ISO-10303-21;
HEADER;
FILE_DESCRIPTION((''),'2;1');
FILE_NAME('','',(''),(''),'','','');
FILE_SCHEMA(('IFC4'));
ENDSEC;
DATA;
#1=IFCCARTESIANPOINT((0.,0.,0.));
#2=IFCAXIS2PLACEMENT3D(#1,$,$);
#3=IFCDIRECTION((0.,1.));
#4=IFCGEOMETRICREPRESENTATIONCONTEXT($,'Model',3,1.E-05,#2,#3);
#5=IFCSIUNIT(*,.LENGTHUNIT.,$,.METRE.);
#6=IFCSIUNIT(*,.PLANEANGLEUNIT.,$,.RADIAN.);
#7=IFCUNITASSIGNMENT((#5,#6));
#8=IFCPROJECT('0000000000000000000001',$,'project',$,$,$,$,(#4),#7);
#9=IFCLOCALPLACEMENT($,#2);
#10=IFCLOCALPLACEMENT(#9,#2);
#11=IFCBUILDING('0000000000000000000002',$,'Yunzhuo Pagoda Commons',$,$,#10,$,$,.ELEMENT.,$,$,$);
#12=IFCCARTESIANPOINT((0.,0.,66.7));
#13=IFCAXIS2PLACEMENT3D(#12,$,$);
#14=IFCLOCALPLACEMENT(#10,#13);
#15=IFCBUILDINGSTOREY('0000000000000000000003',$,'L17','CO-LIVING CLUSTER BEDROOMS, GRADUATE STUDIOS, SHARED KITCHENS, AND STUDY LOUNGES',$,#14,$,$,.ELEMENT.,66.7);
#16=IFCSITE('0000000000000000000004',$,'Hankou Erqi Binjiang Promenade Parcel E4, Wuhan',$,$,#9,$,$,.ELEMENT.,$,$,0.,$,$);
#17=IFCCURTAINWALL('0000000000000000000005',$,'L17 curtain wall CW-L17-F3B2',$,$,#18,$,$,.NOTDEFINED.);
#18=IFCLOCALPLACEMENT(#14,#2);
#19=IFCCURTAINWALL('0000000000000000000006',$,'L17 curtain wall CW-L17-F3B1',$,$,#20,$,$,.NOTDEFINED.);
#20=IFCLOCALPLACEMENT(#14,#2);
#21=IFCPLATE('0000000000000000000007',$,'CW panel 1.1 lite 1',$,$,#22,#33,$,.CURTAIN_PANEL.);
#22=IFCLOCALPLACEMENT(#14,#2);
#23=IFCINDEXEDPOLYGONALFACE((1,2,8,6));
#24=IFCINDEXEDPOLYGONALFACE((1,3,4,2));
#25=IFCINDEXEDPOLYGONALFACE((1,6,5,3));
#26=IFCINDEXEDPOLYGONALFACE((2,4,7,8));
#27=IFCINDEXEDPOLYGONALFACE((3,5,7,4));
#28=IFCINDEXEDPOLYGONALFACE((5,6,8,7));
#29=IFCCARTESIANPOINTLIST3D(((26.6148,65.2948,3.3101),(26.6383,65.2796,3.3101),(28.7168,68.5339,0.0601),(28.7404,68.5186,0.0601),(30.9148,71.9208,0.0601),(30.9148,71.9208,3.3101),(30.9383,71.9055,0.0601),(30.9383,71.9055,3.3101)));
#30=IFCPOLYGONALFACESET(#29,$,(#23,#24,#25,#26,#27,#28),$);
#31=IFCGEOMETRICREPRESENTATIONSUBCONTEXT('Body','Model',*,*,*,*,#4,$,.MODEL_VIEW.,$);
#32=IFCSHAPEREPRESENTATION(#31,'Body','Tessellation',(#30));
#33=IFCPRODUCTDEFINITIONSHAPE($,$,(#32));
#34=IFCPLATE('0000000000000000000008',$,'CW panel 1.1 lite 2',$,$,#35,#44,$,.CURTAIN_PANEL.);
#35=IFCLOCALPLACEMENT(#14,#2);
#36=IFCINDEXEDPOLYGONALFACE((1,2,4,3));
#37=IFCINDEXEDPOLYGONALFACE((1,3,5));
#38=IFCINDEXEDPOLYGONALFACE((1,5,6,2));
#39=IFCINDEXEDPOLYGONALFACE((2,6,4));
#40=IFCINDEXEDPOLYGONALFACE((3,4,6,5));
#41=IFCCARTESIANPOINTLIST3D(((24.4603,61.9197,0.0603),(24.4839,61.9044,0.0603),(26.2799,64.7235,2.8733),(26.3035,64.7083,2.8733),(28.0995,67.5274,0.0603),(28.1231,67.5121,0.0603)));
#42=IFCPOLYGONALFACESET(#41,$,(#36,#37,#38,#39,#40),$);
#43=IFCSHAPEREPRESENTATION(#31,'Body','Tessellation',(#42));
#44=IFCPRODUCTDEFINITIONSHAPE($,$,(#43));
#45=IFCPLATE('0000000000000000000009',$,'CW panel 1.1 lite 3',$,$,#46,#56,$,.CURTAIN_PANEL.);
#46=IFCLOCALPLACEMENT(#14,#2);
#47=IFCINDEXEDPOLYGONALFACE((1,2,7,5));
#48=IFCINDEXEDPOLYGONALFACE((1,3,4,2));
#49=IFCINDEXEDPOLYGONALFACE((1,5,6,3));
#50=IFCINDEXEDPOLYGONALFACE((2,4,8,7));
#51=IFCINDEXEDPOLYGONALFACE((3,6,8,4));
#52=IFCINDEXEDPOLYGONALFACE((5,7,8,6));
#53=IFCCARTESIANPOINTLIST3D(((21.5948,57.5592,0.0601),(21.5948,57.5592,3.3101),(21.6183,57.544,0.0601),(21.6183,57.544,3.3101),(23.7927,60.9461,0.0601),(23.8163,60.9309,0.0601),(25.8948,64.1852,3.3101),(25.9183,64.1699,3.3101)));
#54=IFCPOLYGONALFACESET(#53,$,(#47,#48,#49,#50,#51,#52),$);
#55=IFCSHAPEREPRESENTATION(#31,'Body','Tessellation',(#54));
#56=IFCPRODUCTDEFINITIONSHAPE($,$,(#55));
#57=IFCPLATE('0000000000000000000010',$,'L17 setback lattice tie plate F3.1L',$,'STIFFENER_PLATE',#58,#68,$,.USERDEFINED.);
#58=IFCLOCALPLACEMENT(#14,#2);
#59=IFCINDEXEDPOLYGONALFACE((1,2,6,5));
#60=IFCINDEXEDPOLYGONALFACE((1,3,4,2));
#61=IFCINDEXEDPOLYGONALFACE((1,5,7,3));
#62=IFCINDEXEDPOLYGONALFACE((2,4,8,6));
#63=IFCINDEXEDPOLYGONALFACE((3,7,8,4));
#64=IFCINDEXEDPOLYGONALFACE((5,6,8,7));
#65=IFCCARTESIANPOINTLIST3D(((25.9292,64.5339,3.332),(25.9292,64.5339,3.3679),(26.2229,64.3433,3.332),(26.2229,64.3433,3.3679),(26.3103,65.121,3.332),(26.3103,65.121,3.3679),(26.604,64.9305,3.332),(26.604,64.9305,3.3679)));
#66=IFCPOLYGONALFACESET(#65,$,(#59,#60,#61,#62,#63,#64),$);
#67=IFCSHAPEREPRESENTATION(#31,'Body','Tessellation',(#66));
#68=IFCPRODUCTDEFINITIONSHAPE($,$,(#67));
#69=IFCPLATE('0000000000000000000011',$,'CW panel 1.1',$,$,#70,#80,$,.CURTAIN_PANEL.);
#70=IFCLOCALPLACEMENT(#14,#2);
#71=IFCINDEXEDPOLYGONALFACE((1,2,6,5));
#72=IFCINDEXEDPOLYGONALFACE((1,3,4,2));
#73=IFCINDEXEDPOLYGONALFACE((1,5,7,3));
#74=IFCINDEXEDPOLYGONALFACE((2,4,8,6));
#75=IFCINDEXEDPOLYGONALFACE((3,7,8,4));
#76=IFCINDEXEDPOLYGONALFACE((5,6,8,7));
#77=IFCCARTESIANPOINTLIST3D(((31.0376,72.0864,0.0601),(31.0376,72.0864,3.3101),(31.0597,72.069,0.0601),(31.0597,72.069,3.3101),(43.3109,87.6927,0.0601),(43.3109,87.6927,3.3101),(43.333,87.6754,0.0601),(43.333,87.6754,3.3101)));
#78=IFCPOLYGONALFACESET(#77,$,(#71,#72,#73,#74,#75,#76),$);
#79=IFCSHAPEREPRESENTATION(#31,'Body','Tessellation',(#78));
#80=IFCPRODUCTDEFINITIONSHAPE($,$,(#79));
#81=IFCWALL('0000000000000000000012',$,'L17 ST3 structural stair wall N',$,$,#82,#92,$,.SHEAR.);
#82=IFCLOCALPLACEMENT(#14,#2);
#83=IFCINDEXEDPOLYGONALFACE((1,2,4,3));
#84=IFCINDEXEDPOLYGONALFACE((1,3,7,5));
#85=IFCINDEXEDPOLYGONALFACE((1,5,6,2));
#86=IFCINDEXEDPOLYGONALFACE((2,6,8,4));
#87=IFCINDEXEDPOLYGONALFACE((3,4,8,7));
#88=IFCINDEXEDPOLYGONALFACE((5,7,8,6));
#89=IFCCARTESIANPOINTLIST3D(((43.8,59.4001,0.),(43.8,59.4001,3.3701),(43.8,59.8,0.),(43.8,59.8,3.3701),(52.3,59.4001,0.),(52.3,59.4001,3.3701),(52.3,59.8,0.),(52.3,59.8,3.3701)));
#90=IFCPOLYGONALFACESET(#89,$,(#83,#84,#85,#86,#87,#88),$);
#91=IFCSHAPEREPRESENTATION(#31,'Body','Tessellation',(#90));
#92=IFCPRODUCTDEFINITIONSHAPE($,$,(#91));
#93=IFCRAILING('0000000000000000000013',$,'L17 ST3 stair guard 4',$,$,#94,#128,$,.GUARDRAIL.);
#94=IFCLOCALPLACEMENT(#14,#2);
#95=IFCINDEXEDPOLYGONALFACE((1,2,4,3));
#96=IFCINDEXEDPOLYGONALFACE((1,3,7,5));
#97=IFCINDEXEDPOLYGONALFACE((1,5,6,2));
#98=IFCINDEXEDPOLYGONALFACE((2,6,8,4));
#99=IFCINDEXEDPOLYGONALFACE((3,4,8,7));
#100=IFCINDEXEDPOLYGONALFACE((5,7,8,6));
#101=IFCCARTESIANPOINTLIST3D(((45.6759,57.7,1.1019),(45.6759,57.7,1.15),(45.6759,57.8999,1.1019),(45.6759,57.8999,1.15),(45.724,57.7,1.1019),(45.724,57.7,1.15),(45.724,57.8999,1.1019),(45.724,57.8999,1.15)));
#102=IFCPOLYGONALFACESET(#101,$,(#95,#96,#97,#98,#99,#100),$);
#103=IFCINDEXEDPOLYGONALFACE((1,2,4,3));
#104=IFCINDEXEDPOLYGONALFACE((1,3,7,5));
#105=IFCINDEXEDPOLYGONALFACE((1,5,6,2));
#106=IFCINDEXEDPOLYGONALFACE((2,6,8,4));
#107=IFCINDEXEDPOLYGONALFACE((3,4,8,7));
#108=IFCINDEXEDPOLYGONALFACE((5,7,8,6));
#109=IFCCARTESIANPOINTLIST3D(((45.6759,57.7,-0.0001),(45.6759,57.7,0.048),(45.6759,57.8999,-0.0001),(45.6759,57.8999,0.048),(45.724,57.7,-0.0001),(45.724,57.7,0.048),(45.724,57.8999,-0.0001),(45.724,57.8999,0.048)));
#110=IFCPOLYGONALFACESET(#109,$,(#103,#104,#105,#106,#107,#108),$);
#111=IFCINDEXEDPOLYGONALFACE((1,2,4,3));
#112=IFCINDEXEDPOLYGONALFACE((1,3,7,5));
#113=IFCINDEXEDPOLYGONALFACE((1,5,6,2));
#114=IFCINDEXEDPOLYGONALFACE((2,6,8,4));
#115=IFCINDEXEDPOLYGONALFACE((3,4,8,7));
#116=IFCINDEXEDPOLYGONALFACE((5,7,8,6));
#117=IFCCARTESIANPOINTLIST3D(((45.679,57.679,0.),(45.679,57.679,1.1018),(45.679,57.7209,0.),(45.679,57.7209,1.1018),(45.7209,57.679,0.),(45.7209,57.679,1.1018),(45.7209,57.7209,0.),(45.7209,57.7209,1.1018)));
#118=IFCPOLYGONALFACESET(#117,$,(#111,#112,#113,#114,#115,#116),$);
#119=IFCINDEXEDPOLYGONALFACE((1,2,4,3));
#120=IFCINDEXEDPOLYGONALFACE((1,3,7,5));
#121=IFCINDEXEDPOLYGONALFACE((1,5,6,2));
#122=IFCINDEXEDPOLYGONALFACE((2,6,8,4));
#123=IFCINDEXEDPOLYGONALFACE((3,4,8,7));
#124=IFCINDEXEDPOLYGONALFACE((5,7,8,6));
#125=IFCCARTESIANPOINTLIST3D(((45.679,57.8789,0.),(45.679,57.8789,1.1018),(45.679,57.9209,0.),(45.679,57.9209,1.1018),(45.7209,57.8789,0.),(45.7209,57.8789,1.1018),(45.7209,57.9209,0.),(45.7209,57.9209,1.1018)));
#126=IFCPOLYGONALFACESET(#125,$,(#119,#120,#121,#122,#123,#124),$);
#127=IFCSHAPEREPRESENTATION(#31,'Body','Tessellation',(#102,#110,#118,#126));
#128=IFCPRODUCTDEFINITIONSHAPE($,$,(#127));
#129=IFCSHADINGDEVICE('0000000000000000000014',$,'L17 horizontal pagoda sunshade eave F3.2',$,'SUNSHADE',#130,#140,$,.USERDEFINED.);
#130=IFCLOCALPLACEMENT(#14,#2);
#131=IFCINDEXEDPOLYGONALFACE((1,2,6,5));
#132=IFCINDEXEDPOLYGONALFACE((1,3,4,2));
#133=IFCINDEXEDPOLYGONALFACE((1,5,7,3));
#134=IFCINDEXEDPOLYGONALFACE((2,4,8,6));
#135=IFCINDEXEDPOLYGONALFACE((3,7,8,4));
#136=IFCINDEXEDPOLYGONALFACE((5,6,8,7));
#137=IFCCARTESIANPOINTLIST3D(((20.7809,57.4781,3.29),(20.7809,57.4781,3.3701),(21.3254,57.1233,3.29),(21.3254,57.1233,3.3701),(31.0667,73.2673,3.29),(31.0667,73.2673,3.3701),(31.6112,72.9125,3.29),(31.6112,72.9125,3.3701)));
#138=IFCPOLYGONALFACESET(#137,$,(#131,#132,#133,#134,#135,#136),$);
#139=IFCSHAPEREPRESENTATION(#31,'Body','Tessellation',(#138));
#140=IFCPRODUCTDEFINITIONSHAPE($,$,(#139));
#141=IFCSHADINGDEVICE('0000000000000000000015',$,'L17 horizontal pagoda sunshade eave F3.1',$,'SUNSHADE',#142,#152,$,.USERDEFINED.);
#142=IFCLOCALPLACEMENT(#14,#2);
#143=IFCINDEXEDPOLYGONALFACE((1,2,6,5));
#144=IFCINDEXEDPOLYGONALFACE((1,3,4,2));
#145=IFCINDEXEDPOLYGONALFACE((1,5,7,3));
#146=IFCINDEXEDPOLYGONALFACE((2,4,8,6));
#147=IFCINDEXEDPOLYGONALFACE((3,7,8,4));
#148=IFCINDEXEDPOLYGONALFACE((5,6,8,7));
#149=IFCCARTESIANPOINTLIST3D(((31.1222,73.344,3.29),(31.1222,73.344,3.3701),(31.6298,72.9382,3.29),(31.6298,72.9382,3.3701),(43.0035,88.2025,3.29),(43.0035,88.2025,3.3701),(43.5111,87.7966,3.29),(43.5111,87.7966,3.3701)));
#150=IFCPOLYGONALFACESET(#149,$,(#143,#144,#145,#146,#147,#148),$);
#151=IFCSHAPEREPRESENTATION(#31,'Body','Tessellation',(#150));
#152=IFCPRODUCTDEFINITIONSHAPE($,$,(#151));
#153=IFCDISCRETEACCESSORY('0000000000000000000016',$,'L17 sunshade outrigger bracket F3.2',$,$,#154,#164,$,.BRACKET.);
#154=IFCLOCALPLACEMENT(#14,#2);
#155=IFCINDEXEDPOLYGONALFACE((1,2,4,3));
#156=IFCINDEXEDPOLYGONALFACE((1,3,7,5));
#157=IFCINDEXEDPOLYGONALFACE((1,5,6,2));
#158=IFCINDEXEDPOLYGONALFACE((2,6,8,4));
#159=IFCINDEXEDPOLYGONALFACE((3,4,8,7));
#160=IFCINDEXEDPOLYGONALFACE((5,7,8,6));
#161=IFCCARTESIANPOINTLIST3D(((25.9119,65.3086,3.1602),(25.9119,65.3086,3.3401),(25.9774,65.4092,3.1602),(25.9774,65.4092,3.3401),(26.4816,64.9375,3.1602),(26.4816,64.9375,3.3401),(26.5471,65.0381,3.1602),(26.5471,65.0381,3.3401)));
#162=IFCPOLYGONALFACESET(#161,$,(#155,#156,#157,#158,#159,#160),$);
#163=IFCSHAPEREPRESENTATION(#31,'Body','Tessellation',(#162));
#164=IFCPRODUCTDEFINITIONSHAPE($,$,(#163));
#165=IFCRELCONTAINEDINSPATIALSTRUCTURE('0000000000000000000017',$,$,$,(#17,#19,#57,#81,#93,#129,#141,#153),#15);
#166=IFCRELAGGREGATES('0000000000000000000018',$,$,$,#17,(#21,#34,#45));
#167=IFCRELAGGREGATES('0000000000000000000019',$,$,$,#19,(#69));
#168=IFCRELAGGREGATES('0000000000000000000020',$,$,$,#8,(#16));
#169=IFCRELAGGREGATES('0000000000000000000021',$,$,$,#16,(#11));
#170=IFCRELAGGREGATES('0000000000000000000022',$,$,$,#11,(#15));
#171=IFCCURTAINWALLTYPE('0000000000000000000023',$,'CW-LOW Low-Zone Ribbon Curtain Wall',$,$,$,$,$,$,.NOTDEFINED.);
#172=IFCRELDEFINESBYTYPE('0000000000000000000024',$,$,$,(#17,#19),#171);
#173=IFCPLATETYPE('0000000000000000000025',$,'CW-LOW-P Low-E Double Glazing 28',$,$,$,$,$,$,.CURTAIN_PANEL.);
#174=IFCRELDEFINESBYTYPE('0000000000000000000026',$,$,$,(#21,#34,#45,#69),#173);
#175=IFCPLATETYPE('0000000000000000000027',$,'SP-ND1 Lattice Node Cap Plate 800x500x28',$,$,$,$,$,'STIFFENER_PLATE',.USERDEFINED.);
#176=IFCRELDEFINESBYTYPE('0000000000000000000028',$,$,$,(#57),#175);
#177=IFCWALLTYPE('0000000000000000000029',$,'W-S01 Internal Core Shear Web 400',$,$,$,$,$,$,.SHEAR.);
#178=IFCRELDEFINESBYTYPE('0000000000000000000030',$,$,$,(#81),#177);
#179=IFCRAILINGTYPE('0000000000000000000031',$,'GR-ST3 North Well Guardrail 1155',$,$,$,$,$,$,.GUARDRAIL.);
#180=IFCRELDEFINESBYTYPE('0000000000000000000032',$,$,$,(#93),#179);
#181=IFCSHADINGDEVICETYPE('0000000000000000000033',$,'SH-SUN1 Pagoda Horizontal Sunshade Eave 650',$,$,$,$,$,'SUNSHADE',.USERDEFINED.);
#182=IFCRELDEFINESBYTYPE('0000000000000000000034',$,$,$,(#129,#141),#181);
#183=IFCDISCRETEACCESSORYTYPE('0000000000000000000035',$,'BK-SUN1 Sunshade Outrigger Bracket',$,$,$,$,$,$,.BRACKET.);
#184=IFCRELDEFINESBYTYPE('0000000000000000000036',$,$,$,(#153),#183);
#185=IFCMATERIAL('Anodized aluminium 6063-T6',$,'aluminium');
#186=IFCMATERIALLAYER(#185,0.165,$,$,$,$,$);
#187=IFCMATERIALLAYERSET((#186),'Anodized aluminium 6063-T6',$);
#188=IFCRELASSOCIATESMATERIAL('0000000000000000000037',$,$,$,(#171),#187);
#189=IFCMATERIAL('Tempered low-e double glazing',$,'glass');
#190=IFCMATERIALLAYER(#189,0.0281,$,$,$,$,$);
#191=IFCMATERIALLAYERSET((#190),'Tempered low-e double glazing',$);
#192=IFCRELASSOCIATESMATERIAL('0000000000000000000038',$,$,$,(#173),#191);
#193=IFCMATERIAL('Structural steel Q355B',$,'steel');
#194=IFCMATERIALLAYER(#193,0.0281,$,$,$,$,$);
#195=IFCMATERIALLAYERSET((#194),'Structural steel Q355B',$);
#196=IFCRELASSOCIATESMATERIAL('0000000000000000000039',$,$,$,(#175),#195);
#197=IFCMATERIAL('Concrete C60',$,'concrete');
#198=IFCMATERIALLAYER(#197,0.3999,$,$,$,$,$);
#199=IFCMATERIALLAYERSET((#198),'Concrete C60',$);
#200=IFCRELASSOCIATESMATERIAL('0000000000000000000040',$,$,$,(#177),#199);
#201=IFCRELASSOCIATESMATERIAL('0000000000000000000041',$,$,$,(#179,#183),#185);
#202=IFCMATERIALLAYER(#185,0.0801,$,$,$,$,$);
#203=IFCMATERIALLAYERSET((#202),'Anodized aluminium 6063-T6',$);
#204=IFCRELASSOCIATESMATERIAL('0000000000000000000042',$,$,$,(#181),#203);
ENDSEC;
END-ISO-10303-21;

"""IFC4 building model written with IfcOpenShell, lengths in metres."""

from ifc_helpers import new_model, si_unit, direction, frame, frame_2d, origin, origin_2d, place, context, subcontext, project, spatial, polyline, rectangle, outline, extrude, source, transform, mapped, material, layer, layer_set, type_object, element, aggregate, save


model = new_model("IFC4")

# Units and contexts
model_context = context("Model", 3, precision=1e-05, world=origin(), true_north=direction((0.0, 1.0)))
body_context = subcontext(model_context, "Body", "Model", "MODEL_VIEW")
ifc_project = project(units=[si_unit("LENGTHUNIT", "METRE"), si_unit("PLANEANGLEUNIT", "RADIAN")], contexts=[model_context])

# Site, building, storey
site_placement = place(None, origin())
site = spatial("IfcSite", under=ifc_project, at=site_placement, Name="Hankou Erqi Binjiang Promenade Parcel E4, Wuhan", CompositionType="ELEMENT", RefElevation=0.0)
building_placement = place(site_placement, origin())
building = spatial("IfcBuilding", under=site, at=building_placement, Name="Yunzhuo Pagoda Commons", CompositionType="ELEMENT")
storey_placement = place(building_placement, frame((0.0, 0.0, 66.7)))
storey = spatial("IfcBuildingStorey", under=building, at=storey_placement, Name="L17", Description="CO-LIVING CLUSTER BEDROOMS, GRADUATE STUDIOS, SHARED KITCHENS, AND STUDY LOUNGES", CompositionType="ELEMENT", Elevation=66.7)

# Shared definitions
ifc_material_1 = material(Name="Structural steel Q355B", Category="steel")

# Curtain walls
ifc_material_2 = material(Name="Anodized aluminium 6063-T6", Category="aluminium")
ifc_layer_1 = layer(ifc_material_2, 0.165)
ifc_layer_set_1 = layer_set([ifc_layer_1], Name="Anodized aluminium 6063-T6")
curtain_wall_type = type_object("IfcCurtainWallType", Name="CW-LOW Low-Zone Ribbon Curtain Wall", PredefinedType="NOTDEFINED", material=ifc_layer_set_1)
curtain_wall_1_placement = place(storey_placement, origin())
curtain_wall_1 = element("IfcCurtainWall", 1, at=curtain_wall_1_placement, inside=storey, type_object=curtain_wall_type, Name="L17 curtain wall CW-L17-F3B2", PredefinedType="NOTDEFINED")
curtain_wall_2_placement = place(storey_placement, origin())
curtain_wall_2 = element("IfcCurtainWall", 2, at=curtain_wall_2_placement, inside=storey, type_object=curtain_wall_type, Name="L17 curtain wall CW-L17-F3B1", PredefinedType="NOTDEFINED")

# Plates
ifc_material_3 = material(Name="Tempered low-e double glazing", Category="glass")
ifc_layer_2 = layer(ifc_material_3, 0.0281)
ifc_layer_set_2 = layer_set([ifc_layer_2], Name="Tempered low-e double glazing")
plate_type_1 = type_object("IfcPlateType", Name="CW-LOW-P Low-E Double Glazing 28", PredefinedType="CURTAIN_PANEL", material=ifc_layer_set_2)
plate_1_placement = place(storey_placement, frame((28.7883, 68.5925, 1.6851), z_axis=(-0.83884, 0.544378, 0.0), x_axis=(-0.544378, -0.83884, 0.0)))
plate_1 = element("IfcPlate", 3, at=plate_1_placement, type_object=plate_type_1, Name="CW panel 1.1 lite 1", PredefinedType="CURTAIN_PANEL", context=body_context, shape_type="SweptSolid", body=[
    extrude(outline(polyline([(-3.9495, -1.625), (0.0881, -1.625), (3.9495, 1.625), (-3.9495, 1.625), (-3.9495, -1.625)])), origin(), (0.0, 0.0, 1.0), 0.0281),
])
plate_2_placement = place(storey_placement, frame((26.3035, 64.7083, 1.4668), z_axis=(-0.83884, 0.544378, 0.0), x_axis=(-0.544378, -0.83884, 0.0)))
plate_2 = element("IfcPlate", 4, at=plate_2_placement, type_object=plate_type_1, Name="CW panel 1.1 lite 2", PredefinedType="CURTAIN_PANEL", context=body_context, shape_type="SweptSolid", body=[
    extrude(outline(polyline([(-3.3425, -1.4065), (3.3425, -1.4065), (0.0, 1.4065), (-3.3425, -1.4065)])), origin(), (0.0, 0.0, 1.0), 0.0281),
])
plate_3_placement = place(storey_placement, frame((23.7683, 60.8569, 1.6851), z_axis=(-0.83884, 0.544378, 0.0), x_axis=(-0.544378, -0.83884, 0.0)))
plate_3 = element("IfcPlate", 5, at=plate_3_placement, type_object=plate_type_1, Name="CW panel 1.1 lite 3", PredefinedType="CURTAIN_PANEL", context=body_context, shape_type="SweptSolid", body=[
    extrude(outline(polyline([(-3.9495, 1.625), (-0.0881, -1.625), (3.9495, -1.625), (3.9495, 1.625), (-3.9495, 1.625)])), origin(), (0.0, 0.0, 1.0), 0.0281),
])
aggregate(curtain_wall_1, [plate_1, plate_2, plate_3])
ifc_layer_3 = layer(ifc_material_1, 0.0281)
ifc_layer_set_3 = layer_set([ifc_layer_3], Name="Structural steel Q355B")
plate_type_2 = type_object("IfcPlateType", Name="SP-ND1 Lattice Node Cap Plate 800x500x28", ElementType="STIFFENER_PLATE", PredefinedType="USERDEFINED", material=ifc_layer_set_3)
shared_shape_1 = source(origin(), body_context, "Body", "SweptSolid", [
    extrude(rectangle(XDim=0.7, YDim=0.3501, at=origin_2d()), origin(), (0.0, 0.0, 1.0), 0.0359),
])
plate_4_placement = place(storey_placement, frame((26.2666, 64.7322, 3.332), z_axis=(0.0, 0.0, 1.0), x_axis=(-0.544376, -0.838842, 0.0)))
element("IfcPlate", 6, at=plate_4_placement, inside=storey, type_object=plate_type_2, Name="L17 setback lattice tie plate F3.1L", ObjectType="STIFFENER_PLATE", PredefinedType="USERDEFINED", context=body_context, shape_type="MappedRepresentation", body=[
    mapped(shared_shape_1, transform((0.0, 0.0, 0.0), scale=1.0)),
])
shared_shape_2 = source(origin(), body_context, "Body", "SweptSolid", [
    extrude(rectangle(XDim=19.8542, YDim=0.0281, at=origin_2d()), origin(), (0.0, 0.0, 1.0), 3.25),
])
plate_5_placement = place(storey_placement, frame((37.1853, 79.8809, 0.0601), z_axis=(0.0, 0.0, 1.0), x_axis=(-0.618168, -0.786046, 0.0)))
plate_5 = element("IfcPlate", 7, at=plate_5_placement, type_object=plate_type_1, Name="CW panel 1.1", PredefinedType="CURTAIN_PANEL", context=body_context, shape_type="MappedRepresentation", body=[
    mapped(shared_shape_2, transform((0.0, 0.0, 0.0), scale=1.0)),
])
aggregate(curtain_wall_2, [plate_5])

# Wall
ifc_material_4 = material(Name="Concrete C60", Category="concrete")
ifc_layer_4 = layer(ifc_material_4, 0.3999)
ifc_layer_set_4 = layer_set([ifc_layer_4], Name="Concrete C60")
wall_type = type_object("IfcWallType", Name="W-S01 Internal Core Shear Web 400", PredefinedType="SHEAR", material=ifc_layer_set_4)
wall_placement = place(storey_placement, frame((43.8, 59.6001, 0.0), z_axis=(0.0, 0.0, 1.0), x_axis=(1.0, 0.0, 0.0)))
element("IfcWall", 8, at=wall_placement, inside=storey, type_object=wall_type, Name="L17 ST3 structural stair wall N", PredefinedType="SHEAR", context=body_context, shape_type="SweptSolid", body=[
    extrude(rectangle(XDim=8.5, YDim=0.3999, at=frame_2d((4.25, 0.0))), origin(), (0.0, 0.0, 1.0), 3.3701),
])

# Railing
railing_type = type_object("IfcRailingType", Name="GR-ST3 North Well Guardrail 1155", PredefinedType="GUARDRAIL", material=ifc_material_2)
railing_placement = place(storey_placement, frame((45.7, 57.7, 0.0)))
element("IfcRailing", 9, at=railing_placement, inside=storey, type_object=railing_type, Name="L17 ST3 stair guard 4", PredefinedType="GUARDRAIL", context=body_context, shape_type="SweptSolid", body=[
    extrude(rectangle(XDim=0.0481, YDim=0.0481, at=origin_2d()), frame((0.0, 0.0, 1.126), z_axis=(0.0, 1.0, 0.0), x_axis=(-1.0, 0.0, 0.0)), (0.0, 0.0, 1.0), 0.2),
    extrude(rectangle(XDim=0.0481, YDim=0.0481, at=origin_2d()), frame((0.0, 0.0, 0.0239), z_axis=(0.0, 1.0, 0.0), x_axis=(-1.0, 0.0, 0.0)), (0.0, 0.0, 1.0), 0.2),
    extrude(rectangle(XDim=0.042, YDim=0.042, at=origin_2d()), origin(), (0.0, 0.0, 1.0), 1.1018),
    extrude(rectangle(XDim=0.042, YDim=0.042, at=origin_2d()), frame((0.0, 0.2, 0.0)), (0.0, 0.0, 1.0), 1.1018),
])

# Shading devices
ifc_layer_5 = layer(ifc_material_2, 0.0801)
ifc_layer_set_5 = layer_set([ifc_layer_5], Name="Anodized aluminium 6063-T6")
shading_device_type = type_object("IfcShadingDeviceType", Name="SH-SUN1 Pagoda Horizontal Sunshade Eave 650", ElementType="SUNSHADE", PredefinedType="USERDEFINED", material=ifc_layer_set_5)
shared_shape_3 = source(origin(), body_context, "Body", "SweptSolid", [
    extrude(rectangle(XDim=18.844, YDim=0.6499, at=origin_2d()), origin(), (0.0, 0.0, 1.0), 0.0801),
])
shading_device_1_placement = place(storey_placement, frame((26.196, 65.1953, 3.29), z_axis=(0.0, 0.0, 1.0), x_axis=(-0.545839, -0.83789, 0.0)))
element("IfcShadingDevice", 10, at=shading_device_1_placement, inside=storey, type_object=shading_device_type, Name="L17 horizontal pagoda sunshade eave F3.2", ObjectType="SUNSHADE", PredefinedType="USERDEFINED", context=body_context, shape_type="MappedRepresentation", body=[
    mapped(shared_shape_3, transform((0.0, 0.0, 0.0), scale=1.0)),
])
shared_shape_4 = source(origin(), body_context, "Body", "SweptSolid", [
    extrude(rectangle(XDim=19.0247, YDim=0.6499, at=origin_2d()), origin(), (0.0, 0.0, 1.0), 0.0801),
])
shading_device_2_placement = place(storey_placement, frame((37.3167, 80.5703, 3.29), z_axis=(0.0, 0.0, 1.0), x_axis=(-0.62452, -0.781008, 0.0)))
element("IfcShadingDevice", 11, at=shading_device_2_placement, inside=storey, type_object=shading_device_type, Name="L17 horizontal pagoda sunshade eave F3.1", ObjectType="SUNSHADE", PredefinedType="USERDEFINED", context=body_context, shape_type="MappedRepresentation", body=[
    mapped(shared_shape_4, transform((0.0, 0.0, 0.0), scale=1.0)),
])

# Discrete accessory
discrete_accessory_type = type_object("IfcDiscreteAccessoryType", Name="BK-SUN1 Sunshade Outrigger Bracket", PredefinedType="BRACKET", material=ifc_material_2)
shared_shape_5 = source(origin(), body_context, "Body", "SweptSolid", [
    extrude(rectangle(XDim=0.1201, YDim=0.6799, at=origin_2d()), origin(), (0.0, 0.0, 1.0), 0.1799),
])
discrete_accessory_placement = place(storey_placement, frame((26.2295, 65.1733, 3.1602), z_axis=(0.0, 0.0, 1.0), x_axis=(-0.545839, -0.83789, 0.0)))
element("IfcDiscreteAccessory", 12, at=discrete_accessory_placement, inside=storey, type_object=discrete_accessory_type, Name="L17 sunshade outrigger bracket F3.2", PredefinedType="BRACKET", context=body_context, shape_type="MappedRepresentation", body=[
    mapped(shared_shape_5, transform((0.0, 0.0, 0.0), scale=1.0)),
])

save(model, "model.ifc")
